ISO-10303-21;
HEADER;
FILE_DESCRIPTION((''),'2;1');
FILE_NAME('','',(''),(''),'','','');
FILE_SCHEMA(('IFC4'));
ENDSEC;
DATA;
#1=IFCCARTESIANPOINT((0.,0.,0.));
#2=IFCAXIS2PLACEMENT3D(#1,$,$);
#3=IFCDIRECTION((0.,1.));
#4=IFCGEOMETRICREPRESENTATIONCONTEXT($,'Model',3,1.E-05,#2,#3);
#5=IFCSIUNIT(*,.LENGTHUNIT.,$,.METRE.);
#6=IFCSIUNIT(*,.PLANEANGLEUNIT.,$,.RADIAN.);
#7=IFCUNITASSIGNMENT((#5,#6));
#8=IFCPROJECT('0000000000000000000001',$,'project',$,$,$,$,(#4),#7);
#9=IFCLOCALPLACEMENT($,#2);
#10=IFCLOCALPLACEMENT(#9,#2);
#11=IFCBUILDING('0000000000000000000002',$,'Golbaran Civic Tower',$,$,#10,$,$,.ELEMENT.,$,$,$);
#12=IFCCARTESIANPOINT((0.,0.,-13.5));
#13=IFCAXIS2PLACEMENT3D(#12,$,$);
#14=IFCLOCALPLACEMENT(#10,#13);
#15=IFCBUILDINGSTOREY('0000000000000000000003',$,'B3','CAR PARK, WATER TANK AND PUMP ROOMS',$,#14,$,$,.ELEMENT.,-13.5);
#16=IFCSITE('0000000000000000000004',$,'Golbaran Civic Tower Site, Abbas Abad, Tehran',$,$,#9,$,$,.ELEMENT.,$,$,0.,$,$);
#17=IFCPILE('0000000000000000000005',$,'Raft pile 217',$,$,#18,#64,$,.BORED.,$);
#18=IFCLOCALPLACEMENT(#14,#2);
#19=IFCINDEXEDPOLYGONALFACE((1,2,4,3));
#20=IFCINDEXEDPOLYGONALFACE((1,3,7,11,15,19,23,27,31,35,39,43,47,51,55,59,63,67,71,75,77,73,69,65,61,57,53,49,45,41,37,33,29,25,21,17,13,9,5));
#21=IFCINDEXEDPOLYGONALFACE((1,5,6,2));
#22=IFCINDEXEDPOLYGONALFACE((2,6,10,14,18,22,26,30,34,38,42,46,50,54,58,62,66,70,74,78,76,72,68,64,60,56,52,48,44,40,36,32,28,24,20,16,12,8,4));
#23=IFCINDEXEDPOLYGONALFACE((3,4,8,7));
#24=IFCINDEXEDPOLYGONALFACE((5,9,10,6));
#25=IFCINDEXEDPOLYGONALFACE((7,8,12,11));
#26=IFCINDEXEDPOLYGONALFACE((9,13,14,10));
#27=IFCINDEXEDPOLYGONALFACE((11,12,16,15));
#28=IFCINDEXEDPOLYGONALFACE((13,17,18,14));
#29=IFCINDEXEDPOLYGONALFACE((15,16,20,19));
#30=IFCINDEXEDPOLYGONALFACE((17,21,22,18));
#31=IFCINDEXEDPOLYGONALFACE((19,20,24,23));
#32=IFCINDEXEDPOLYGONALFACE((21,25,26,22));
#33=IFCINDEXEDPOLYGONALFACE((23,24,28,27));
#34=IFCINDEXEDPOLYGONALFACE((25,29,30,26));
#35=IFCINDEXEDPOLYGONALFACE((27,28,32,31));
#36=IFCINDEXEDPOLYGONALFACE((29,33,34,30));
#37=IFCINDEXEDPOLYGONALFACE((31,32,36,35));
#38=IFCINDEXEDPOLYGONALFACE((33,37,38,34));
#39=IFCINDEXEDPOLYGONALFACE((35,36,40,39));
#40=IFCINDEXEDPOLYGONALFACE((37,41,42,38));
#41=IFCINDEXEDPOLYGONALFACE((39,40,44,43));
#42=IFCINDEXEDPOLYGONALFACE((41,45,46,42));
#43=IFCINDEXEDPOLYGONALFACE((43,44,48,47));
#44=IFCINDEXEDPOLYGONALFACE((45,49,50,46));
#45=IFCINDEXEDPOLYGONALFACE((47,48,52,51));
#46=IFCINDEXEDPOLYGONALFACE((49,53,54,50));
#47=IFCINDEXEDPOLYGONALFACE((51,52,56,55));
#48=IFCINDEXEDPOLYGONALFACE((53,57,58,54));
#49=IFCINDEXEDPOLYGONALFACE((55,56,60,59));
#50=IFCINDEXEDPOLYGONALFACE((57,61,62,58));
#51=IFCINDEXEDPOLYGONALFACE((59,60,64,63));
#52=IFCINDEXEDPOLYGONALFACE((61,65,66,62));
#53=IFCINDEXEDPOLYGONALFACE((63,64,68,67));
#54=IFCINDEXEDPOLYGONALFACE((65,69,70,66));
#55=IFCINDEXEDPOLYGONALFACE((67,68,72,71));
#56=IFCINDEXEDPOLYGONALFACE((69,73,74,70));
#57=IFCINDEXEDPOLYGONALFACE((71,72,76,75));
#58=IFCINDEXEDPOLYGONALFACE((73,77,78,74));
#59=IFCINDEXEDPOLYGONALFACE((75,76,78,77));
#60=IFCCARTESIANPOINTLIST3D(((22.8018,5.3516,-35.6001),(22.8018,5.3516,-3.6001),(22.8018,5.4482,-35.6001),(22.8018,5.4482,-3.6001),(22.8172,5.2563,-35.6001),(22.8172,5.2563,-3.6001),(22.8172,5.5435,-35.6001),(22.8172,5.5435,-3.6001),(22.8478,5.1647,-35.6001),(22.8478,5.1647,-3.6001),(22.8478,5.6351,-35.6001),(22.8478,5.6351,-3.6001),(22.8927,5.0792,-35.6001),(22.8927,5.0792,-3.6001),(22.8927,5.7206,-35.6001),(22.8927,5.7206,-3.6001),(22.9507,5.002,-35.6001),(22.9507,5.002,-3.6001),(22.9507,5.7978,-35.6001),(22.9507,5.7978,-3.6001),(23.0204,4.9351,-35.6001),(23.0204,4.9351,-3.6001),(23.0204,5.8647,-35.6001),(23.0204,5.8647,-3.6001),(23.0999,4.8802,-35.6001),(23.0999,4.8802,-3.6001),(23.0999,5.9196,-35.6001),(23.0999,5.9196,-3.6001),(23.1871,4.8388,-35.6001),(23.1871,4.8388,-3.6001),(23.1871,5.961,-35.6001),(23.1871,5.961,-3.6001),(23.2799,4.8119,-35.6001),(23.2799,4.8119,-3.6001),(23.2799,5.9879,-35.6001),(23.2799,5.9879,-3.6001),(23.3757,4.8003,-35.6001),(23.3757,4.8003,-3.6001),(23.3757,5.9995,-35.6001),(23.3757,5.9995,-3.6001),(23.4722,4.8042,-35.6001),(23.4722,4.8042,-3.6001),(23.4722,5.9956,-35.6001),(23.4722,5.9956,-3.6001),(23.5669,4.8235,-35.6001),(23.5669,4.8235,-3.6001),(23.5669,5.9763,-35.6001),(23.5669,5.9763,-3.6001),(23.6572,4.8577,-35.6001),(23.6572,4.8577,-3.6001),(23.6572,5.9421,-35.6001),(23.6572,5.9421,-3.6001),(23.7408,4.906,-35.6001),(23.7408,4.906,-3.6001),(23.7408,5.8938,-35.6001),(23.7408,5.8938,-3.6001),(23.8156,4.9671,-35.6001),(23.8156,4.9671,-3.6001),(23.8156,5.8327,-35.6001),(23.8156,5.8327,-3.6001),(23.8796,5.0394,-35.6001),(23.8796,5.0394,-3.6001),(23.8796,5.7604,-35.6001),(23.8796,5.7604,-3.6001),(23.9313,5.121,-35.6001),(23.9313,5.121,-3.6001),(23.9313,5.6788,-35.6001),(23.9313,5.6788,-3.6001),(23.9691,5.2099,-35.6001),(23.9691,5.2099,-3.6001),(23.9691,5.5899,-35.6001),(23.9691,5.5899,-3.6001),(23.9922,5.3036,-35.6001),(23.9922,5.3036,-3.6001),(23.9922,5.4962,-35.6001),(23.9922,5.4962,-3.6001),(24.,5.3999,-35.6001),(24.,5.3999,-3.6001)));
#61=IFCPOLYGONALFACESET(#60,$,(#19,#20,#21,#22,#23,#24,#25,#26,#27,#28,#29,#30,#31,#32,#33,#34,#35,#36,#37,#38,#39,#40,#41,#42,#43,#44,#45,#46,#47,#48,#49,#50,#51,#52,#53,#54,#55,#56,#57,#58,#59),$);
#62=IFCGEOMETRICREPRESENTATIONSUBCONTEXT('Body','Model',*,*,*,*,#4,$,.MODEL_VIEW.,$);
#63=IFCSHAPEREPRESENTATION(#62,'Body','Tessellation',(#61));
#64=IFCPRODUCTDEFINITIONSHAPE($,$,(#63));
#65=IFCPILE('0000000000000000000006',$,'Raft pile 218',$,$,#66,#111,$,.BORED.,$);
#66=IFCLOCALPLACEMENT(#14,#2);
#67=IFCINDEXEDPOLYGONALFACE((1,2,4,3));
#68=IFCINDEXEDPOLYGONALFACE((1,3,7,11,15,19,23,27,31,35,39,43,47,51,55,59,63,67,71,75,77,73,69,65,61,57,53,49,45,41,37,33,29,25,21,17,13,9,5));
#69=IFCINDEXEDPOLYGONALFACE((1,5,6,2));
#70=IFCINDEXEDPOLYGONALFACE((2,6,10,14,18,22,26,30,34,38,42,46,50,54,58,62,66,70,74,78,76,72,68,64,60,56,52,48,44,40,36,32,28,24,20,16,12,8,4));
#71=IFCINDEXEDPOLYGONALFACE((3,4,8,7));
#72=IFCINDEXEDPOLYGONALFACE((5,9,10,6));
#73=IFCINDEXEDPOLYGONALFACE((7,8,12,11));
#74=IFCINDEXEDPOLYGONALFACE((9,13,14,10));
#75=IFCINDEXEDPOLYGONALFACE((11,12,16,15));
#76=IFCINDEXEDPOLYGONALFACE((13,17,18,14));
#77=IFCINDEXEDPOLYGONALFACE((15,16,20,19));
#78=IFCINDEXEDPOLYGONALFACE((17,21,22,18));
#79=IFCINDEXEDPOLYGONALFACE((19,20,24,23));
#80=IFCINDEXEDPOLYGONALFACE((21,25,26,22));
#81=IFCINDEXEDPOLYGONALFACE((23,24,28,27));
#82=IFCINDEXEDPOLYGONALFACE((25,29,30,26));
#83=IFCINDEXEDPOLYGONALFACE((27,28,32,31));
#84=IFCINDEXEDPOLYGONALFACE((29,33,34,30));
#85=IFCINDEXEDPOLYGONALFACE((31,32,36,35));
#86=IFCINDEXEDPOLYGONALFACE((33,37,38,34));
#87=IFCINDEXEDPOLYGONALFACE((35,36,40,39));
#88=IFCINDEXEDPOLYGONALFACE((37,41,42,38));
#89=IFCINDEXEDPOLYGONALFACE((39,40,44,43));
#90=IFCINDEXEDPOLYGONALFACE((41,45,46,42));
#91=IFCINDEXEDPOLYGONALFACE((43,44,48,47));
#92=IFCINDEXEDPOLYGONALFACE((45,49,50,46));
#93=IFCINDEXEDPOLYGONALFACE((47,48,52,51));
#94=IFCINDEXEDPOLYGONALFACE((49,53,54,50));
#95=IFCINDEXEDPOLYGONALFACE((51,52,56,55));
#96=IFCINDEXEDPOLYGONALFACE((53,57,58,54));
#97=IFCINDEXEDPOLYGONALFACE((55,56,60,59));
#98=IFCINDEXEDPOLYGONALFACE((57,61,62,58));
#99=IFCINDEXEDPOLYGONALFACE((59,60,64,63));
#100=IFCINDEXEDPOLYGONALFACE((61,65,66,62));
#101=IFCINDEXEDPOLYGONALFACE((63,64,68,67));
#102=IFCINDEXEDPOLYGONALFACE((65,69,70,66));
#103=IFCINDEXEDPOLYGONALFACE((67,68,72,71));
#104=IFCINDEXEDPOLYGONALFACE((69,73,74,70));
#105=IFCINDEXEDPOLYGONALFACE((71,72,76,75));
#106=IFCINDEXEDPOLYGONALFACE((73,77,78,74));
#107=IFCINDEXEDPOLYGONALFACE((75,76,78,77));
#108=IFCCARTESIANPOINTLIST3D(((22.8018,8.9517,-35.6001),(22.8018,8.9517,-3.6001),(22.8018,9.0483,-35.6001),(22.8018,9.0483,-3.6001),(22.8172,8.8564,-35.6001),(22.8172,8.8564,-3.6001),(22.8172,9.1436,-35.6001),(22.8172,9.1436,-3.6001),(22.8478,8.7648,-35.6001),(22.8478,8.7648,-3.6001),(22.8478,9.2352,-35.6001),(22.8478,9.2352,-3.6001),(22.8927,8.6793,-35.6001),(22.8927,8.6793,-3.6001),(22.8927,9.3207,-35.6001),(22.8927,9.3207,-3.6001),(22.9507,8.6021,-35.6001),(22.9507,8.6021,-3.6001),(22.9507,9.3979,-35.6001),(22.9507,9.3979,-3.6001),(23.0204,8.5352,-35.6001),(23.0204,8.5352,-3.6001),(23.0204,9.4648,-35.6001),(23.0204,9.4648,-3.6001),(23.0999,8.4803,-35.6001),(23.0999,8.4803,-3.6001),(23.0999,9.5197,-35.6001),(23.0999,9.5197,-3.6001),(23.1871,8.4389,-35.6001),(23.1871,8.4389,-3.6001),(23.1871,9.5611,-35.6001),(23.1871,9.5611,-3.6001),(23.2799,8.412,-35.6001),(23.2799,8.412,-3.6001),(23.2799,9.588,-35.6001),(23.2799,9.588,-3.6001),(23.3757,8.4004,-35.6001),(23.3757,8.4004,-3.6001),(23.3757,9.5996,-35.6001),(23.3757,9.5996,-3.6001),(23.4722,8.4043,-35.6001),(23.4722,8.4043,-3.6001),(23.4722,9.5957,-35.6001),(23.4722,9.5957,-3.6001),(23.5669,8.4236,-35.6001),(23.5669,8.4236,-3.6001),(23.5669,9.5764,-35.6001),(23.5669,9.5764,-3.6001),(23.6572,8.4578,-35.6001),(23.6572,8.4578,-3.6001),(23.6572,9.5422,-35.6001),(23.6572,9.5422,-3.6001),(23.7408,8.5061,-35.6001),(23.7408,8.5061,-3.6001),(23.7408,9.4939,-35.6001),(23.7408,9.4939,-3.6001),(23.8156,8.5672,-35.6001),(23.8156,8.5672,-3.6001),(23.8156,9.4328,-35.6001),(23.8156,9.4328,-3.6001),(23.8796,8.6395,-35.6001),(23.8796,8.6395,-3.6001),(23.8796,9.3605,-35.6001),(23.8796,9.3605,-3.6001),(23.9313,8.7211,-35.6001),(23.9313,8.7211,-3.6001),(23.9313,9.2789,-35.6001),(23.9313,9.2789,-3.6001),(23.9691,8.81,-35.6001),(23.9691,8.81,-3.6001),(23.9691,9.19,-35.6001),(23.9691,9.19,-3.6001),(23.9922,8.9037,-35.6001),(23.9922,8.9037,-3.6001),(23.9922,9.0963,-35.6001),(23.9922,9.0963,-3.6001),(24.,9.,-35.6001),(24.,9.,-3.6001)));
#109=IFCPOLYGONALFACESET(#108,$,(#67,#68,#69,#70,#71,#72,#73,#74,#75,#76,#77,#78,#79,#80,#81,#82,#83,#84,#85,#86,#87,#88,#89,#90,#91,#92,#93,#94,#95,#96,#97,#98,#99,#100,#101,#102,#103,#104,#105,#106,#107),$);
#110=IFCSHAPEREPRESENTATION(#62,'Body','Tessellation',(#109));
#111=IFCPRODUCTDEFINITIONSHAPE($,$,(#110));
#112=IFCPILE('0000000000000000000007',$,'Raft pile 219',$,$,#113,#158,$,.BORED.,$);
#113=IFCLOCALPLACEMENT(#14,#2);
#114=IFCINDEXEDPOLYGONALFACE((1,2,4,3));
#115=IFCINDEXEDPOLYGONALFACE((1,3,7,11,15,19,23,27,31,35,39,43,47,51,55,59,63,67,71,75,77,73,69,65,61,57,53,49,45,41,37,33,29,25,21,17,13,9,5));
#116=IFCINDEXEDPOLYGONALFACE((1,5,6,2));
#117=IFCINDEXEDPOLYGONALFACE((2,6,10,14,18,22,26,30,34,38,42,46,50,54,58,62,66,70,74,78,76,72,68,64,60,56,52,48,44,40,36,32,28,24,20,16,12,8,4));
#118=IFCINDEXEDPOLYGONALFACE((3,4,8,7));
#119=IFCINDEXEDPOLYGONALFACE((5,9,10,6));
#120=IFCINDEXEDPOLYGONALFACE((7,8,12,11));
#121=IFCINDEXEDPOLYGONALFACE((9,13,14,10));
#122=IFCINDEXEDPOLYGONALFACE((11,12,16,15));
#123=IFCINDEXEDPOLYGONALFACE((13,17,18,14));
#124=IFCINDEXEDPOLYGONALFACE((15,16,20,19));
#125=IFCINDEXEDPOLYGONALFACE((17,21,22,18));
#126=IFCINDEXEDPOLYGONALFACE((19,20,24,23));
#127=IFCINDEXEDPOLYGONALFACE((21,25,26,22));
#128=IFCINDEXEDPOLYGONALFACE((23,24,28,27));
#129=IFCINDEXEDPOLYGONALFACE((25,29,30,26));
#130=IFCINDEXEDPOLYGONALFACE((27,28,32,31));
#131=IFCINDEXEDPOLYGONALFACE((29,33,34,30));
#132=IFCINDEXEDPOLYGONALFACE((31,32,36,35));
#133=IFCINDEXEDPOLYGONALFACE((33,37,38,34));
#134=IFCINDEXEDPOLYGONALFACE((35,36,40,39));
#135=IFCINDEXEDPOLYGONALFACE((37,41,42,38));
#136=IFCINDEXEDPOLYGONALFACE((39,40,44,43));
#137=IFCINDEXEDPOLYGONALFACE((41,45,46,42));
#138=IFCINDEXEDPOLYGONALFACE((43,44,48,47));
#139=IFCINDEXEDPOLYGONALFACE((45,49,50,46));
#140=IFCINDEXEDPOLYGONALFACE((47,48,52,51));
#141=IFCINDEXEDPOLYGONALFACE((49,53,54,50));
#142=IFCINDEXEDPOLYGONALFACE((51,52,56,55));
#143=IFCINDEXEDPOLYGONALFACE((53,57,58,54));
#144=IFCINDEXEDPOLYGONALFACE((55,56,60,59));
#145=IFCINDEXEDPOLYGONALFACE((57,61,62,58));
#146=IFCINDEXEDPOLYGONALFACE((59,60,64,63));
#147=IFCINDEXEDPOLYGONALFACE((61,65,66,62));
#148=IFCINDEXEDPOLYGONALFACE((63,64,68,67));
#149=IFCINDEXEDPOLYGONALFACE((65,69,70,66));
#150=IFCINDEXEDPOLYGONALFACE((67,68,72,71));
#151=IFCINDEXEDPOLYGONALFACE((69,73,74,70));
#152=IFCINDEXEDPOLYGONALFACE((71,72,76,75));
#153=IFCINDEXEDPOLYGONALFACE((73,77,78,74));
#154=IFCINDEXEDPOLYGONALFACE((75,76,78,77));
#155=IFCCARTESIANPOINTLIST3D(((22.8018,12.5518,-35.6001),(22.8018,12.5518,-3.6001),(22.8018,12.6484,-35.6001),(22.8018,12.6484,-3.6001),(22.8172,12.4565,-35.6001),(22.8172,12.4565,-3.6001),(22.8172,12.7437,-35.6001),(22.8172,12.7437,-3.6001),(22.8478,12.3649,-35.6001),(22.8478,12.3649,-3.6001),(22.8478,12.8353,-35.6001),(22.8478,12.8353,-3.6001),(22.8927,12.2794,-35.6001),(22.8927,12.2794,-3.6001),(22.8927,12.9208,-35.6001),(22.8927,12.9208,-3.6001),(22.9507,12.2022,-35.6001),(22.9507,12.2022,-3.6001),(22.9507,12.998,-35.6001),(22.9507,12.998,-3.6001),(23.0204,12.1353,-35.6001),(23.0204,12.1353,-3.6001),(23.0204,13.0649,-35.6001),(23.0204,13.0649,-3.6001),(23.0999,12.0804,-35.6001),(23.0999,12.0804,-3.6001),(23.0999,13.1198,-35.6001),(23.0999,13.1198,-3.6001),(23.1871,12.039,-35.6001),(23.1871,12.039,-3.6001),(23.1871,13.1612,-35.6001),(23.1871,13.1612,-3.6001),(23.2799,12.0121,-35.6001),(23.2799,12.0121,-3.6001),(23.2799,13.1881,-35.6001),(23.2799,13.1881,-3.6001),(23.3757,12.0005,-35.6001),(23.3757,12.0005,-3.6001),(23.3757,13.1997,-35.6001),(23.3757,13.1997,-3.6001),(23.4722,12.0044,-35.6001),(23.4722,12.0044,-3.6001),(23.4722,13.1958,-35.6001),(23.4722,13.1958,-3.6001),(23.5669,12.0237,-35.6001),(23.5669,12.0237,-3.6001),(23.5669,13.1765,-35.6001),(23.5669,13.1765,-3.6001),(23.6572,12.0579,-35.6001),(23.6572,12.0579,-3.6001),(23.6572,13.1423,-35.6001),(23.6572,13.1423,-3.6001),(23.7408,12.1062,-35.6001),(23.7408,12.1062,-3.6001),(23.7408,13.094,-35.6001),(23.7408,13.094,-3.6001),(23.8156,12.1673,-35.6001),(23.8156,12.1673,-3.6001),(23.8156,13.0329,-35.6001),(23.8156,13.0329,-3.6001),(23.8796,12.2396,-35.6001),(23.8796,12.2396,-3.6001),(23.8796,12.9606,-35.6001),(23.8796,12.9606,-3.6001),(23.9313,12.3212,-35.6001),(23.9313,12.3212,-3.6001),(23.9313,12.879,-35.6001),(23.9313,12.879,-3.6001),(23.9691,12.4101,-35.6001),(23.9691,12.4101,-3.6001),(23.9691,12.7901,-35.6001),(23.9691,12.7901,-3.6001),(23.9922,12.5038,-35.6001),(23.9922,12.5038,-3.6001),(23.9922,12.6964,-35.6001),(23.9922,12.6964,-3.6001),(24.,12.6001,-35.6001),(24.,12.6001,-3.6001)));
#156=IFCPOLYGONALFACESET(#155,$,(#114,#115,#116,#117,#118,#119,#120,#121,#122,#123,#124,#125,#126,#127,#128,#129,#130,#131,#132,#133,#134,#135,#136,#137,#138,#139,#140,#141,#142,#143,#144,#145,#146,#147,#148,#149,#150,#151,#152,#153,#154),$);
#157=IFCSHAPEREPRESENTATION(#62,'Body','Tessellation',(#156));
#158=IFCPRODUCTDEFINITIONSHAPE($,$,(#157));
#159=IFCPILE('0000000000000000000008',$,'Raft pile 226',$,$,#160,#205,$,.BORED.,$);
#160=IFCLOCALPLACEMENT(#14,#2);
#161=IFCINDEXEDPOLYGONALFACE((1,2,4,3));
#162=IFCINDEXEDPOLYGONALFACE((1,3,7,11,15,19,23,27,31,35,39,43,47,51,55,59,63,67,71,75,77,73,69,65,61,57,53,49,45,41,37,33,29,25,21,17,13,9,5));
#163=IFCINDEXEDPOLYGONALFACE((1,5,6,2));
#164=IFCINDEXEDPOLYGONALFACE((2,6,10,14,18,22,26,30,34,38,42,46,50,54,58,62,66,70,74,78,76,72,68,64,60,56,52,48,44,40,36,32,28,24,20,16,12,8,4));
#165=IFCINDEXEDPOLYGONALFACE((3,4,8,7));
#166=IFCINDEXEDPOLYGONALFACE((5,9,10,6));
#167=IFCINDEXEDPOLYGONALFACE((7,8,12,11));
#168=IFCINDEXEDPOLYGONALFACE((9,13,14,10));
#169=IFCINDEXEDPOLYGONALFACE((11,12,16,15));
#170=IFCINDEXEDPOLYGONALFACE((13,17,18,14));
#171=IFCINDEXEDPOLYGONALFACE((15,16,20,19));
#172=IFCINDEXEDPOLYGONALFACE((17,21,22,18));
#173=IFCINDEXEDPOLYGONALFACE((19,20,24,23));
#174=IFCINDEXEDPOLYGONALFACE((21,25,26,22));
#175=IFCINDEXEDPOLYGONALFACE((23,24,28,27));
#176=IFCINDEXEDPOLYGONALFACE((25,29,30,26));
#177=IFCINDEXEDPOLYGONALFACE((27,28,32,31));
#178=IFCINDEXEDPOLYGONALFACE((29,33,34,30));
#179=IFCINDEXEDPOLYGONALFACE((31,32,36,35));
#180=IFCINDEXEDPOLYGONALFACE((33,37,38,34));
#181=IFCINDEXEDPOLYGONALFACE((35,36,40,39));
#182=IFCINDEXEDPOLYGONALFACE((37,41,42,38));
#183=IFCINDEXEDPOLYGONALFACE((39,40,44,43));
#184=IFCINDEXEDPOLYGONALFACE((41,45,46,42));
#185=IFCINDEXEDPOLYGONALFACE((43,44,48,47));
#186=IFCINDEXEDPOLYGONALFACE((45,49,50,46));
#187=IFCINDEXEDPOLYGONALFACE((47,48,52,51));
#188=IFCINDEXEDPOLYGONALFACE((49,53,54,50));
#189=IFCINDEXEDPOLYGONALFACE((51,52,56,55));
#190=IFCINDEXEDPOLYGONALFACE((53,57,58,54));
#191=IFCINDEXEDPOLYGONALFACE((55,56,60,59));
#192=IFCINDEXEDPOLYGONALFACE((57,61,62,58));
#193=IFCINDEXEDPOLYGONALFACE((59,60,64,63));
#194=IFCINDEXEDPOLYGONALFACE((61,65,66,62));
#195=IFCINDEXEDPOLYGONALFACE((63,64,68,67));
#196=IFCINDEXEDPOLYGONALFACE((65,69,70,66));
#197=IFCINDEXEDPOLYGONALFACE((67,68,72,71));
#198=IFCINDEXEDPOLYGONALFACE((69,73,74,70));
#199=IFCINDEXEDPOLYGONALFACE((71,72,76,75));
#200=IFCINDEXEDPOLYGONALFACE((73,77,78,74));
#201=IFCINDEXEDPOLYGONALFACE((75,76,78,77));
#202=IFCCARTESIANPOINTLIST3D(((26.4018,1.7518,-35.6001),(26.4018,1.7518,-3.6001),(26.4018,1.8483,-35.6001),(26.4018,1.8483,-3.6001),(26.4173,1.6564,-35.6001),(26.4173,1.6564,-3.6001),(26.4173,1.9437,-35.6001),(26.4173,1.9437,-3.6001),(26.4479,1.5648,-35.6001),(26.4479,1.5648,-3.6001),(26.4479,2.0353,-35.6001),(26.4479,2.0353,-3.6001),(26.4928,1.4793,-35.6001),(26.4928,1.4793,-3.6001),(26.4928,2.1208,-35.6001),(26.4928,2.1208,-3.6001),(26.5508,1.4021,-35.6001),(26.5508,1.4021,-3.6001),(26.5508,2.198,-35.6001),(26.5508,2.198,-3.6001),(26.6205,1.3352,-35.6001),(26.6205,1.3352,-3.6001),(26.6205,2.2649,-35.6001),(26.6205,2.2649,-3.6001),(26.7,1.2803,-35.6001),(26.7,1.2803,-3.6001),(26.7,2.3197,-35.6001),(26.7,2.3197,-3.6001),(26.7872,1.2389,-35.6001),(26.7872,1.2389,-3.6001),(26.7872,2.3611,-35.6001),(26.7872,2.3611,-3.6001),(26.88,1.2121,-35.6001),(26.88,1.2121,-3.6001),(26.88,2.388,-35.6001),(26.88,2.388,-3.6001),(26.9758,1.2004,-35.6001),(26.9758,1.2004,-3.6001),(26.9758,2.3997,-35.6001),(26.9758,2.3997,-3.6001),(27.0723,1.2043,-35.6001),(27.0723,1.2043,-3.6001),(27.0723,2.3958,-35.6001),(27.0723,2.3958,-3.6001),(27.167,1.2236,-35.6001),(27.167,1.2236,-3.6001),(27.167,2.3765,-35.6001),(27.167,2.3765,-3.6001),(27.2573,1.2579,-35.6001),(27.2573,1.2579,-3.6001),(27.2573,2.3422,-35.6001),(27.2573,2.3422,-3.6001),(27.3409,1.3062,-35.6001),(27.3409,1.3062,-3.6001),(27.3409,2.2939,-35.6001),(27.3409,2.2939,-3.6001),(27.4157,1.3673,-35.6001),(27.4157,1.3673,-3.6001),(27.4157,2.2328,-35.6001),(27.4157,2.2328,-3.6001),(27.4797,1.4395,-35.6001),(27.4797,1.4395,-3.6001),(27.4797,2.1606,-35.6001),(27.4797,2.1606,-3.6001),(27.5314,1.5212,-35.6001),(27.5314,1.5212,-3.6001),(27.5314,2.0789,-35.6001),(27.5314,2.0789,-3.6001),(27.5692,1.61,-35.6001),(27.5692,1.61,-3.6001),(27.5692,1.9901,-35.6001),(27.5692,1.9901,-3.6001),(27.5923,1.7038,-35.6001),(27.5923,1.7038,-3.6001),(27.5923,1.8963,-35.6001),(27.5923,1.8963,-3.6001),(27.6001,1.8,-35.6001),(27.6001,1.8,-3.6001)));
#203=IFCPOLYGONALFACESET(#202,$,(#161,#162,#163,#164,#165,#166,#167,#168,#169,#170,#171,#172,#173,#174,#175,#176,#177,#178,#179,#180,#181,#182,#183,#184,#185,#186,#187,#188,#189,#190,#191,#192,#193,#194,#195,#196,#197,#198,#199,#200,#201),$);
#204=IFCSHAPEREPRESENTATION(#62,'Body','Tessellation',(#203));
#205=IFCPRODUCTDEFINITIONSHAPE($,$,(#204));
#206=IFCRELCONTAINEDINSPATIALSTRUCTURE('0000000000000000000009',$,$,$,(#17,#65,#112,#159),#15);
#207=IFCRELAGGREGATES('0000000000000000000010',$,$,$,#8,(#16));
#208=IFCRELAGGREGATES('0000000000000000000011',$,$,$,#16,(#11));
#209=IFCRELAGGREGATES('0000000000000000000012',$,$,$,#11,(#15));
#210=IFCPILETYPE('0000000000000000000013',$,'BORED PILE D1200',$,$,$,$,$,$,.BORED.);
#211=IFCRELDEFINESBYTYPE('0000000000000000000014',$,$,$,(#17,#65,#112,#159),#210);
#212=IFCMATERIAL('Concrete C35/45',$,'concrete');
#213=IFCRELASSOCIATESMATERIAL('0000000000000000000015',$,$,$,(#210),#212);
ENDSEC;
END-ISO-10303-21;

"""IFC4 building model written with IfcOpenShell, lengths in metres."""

from ifc_helpers import new_model, si_unit, direction, frame, origin, origin_2d, place, context, subcontext, project, spatial, circle, extrude, material, material_profile, profile_set, type_object, element, save


model = new_model("IFC4")

# Units and contexts
model_context = context("Model", 3, precision=1e-05, world=origin(), true_north=direction((0.0, 1.0)))
body_context = subcontext(model_context, "Body", "Model", "MODEL_VIEW")
ifc_project = project(units=[si_unit("LENGTHUNIT", "METRE"), si_unit("PLANEANGLEUNIT", "RADIAN")], contexts=[model_context])

# Site, building, storey
site_placement = place(None, origin())
site = spatial("IfcSite", under=ifc_project, at=site_placement, Name="Golbaran Civic Tower Site, Abbas Abad, Tehran", CompositionType="ELEMENT", RefElevation=0.0)
building_placement = place(site_placement, origin())
building = spatial("IfcBuilding", under=site, at=building_placement, Name="Golbaran Civic Tower", CompositionType="ELEMENT")
storey_placement = place(building_placement, frame((0.0, 0.0, -13.5)))
storey = spatial("IfcBuildingStorey", under=building, at=storey_placement, Name="B3", Description="CAR PARK, WATER TANK AND PUMP ROOMS", CompositionType="ELEMENT", Elevation=-13.5)

# Piles
ifc_material_1 = material(Name="Concrete C35/45", Category="concrete")
ifc_material_profile_1 = material_profile(ifc_material_1, circle(Radius=0.6001, at=origin_2d()), Name="BORED PILE D1200")
ifc_profile_set_1 = profile_set([ifc_material_profile_1], Name="Concrete C35/45")
pile_type = type_object("IfcPileType", Name="BORED PILE D1200", PredefinedType="BORED", material=ifc_profile_set_1)
for number, where, z_axis, x_axis, name in (
    (1, (23.3999, 5.3999, -3.6001), (0.0, 0.0, -1.0), (1.0, 0.0, 0.0), "Raft pile 217"),
    (2, (23.3999, 9.0, -3.6001), (0.0, 0.0, -1.0), (1.0, 0.0, 0.0), "Raft pile 218"),
    (3, (23.3999, 12.6001, -3.6001), (0.0, 0.0, -1.0), (1.0, 0.0, 0.0), "Raft pile 219"),
    (4, (27.0, 1.8, -3.6001), (0.0, 0.0, -1.0), (1.0, 0.0, 0.0), "Raft pile 226"),
):
    element("IfcPile", number, at=place(storey_placement, frame(where, z_axis=z_axis, x_axis=x_axis)), inside=storey, type_object=pile_type, Name=name, PredefinedType="BORED", context=body_context, shape_type="SweptSolid", body=[
        extrude(circle(Radius=0.6001, at=origin_2d()), origin(), (0.0, 0.0, 1.0), 32.0),
    ])

save(model, "model.ifc")
